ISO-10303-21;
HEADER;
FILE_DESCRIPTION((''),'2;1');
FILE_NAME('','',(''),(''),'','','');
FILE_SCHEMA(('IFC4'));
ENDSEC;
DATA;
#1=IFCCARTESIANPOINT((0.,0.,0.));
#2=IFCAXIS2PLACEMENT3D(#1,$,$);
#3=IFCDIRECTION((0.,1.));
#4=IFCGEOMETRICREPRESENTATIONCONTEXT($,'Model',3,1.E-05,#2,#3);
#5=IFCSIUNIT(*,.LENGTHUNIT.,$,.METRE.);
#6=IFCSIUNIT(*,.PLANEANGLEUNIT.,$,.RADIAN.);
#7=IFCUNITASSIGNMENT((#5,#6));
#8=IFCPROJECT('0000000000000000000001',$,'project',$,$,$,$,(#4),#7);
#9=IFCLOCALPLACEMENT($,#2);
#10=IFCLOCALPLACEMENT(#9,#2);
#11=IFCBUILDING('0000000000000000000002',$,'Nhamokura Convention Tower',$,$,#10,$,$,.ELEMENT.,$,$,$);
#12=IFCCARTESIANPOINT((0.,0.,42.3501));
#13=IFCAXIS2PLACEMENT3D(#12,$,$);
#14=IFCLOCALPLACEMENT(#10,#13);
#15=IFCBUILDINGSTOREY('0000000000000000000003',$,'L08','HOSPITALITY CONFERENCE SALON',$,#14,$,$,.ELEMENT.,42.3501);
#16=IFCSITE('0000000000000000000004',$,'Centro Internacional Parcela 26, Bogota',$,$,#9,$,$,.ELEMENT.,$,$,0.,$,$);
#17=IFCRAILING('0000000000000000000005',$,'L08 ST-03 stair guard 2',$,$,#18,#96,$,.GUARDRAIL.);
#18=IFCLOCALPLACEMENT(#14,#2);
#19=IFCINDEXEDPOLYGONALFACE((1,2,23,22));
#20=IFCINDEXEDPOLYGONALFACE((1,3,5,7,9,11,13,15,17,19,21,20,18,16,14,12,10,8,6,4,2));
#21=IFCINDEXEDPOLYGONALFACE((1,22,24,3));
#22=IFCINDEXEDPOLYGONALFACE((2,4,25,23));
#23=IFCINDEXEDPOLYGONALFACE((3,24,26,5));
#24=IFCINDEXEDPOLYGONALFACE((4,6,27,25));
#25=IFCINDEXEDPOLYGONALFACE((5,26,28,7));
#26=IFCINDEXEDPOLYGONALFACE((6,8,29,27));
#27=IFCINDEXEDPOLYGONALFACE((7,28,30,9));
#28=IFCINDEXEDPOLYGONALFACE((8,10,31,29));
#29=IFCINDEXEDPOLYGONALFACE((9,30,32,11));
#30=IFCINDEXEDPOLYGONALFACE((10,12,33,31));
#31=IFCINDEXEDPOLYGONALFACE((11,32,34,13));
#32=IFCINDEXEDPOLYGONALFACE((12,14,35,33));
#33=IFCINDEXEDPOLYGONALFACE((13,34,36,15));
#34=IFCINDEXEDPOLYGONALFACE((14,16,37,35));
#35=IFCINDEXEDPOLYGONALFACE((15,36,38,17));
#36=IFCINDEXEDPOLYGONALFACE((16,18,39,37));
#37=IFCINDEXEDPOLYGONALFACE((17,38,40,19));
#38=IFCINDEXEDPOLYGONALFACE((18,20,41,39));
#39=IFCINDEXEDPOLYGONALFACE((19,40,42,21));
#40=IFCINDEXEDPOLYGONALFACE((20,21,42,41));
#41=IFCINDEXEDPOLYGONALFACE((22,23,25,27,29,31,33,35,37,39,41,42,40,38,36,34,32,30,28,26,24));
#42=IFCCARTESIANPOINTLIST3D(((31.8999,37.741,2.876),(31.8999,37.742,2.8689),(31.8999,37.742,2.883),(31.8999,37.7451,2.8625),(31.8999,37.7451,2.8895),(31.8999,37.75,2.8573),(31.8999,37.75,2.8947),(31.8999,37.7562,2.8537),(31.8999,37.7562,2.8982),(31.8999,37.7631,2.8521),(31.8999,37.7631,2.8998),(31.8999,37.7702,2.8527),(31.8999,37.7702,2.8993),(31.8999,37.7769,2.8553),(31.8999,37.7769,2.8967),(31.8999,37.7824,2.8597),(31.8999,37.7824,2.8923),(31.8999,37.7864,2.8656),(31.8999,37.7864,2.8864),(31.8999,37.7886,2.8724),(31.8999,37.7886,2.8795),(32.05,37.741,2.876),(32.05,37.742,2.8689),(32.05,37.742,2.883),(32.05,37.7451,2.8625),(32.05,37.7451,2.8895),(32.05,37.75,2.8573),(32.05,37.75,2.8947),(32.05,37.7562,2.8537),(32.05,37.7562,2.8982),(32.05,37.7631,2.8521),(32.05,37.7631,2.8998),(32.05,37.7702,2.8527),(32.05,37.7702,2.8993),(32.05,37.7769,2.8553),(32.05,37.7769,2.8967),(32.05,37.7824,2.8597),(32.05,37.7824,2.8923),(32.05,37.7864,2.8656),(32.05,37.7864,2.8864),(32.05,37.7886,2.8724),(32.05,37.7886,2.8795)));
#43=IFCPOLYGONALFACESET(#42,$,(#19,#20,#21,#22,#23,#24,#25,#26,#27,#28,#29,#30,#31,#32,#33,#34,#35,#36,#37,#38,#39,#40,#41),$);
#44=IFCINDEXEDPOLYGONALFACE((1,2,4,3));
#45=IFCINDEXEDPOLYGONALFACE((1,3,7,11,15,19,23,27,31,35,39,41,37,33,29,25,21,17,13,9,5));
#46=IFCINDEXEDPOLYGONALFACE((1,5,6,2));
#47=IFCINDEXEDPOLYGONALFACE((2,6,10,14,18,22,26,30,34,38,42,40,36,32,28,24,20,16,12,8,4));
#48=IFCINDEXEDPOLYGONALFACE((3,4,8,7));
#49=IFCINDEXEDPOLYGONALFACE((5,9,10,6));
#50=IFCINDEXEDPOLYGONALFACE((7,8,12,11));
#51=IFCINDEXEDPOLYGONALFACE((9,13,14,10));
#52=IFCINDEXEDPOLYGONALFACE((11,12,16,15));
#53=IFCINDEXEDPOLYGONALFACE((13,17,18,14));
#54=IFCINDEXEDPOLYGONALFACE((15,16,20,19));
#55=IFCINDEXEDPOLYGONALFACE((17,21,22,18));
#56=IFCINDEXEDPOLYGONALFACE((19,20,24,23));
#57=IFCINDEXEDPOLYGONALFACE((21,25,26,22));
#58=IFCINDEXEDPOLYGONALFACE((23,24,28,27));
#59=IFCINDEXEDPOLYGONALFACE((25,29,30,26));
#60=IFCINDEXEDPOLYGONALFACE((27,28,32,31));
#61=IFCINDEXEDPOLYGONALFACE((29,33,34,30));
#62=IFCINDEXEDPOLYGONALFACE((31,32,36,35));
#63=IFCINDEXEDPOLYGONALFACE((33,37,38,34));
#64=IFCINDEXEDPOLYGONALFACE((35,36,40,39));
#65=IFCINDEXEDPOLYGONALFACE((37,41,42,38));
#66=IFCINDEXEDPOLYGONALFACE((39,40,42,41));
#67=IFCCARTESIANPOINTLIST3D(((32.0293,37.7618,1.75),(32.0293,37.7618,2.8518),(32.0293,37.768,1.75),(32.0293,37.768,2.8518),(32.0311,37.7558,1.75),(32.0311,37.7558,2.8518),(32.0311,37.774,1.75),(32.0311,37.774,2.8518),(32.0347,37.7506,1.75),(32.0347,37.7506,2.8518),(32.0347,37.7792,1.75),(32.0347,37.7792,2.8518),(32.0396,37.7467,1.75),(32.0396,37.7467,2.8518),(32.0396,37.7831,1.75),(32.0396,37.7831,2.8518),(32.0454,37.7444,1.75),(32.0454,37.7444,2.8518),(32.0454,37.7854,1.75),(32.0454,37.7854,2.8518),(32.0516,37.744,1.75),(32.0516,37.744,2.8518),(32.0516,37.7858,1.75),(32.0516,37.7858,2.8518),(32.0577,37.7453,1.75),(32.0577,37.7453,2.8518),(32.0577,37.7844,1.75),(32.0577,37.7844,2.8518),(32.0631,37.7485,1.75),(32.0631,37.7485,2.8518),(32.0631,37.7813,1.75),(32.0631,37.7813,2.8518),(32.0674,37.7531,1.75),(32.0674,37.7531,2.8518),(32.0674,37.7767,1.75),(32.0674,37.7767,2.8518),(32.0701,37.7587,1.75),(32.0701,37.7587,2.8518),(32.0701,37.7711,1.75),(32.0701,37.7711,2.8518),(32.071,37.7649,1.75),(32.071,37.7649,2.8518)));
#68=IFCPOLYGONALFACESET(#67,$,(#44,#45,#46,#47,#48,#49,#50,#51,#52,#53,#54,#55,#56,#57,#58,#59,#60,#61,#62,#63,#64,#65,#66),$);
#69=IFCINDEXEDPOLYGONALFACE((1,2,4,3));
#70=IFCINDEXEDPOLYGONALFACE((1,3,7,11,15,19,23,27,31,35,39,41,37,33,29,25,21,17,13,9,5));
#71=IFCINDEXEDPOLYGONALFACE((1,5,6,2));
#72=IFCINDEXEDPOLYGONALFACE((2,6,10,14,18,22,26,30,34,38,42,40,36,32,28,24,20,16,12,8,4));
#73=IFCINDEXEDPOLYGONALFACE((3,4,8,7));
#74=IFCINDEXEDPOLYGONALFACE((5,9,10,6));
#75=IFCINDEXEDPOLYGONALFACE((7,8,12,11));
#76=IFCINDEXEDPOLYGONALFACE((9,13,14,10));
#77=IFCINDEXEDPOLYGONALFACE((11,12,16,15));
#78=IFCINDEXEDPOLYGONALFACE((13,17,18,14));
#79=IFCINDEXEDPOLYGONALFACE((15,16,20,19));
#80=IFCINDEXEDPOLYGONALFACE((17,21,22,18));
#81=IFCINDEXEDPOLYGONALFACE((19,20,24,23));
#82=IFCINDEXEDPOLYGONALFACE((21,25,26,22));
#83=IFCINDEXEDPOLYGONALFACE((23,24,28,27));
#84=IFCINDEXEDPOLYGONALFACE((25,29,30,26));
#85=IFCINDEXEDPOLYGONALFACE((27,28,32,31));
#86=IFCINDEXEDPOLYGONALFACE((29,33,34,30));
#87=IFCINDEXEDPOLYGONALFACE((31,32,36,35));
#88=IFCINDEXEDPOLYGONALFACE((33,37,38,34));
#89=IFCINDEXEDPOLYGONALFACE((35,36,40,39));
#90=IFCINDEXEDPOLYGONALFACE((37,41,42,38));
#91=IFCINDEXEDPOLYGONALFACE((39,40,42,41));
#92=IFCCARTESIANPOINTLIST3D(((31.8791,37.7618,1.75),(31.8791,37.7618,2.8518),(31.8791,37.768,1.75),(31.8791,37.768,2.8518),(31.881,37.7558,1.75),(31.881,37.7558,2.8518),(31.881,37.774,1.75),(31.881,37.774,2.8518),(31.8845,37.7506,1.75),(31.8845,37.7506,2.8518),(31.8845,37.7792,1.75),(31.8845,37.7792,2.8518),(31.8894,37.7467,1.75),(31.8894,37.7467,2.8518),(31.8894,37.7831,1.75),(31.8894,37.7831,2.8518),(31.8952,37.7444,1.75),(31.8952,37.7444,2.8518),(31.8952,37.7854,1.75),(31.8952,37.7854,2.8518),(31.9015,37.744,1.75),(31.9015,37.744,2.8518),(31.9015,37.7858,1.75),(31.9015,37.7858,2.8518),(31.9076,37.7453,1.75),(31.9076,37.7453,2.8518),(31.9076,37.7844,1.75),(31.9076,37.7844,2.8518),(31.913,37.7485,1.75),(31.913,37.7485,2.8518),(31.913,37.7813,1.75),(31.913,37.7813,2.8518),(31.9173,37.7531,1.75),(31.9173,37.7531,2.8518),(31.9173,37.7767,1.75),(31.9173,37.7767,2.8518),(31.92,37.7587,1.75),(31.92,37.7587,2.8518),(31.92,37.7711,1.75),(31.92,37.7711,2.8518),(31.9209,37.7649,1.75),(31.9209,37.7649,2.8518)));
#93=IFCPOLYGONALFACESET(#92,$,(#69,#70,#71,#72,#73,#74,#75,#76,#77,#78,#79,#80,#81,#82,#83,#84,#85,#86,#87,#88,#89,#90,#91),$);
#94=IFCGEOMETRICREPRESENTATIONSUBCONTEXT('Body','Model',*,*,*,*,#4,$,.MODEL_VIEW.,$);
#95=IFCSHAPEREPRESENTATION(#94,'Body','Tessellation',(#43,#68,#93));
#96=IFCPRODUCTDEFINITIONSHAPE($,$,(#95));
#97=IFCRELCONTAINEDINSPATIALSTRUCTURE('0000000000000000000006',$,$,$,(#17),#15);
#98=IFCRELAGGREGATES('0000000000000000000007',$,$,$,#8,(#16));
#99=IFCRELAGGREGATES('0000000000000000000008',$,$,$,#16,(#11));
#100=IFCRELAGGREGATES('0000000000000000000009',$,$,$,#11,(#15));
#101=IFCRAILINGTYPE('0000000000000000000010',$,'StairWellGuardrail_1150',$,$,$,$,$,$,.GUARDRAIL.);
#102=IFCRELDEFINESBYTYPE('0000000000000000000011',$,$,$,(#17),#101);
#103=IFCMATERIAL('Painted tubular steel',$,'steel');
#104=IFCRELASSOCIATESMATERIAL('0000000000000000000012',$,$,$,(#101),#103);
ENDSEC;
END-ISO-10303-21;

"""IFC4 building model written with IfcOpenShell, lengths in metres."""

from ifc_helpers import new_model, si_unit, direction, frame, origin, origin_2d, place, context, subcontext, project, spatial, circle, extrude, material, type_object, element, save


model = new_model("IFC4")

# Units and contexts
model_context = context("Model", 3, precision=1e-05, world=origin(), true_north=direction((0.0, 1.0)))
body_context = subcontext(model_context, "Body", "Model", "MODEL_VIEW")
ifc_project = project(units=[si_unit("LENGTHUNIT", "METRE"), si_unit("PLANEANGLEUNIT", "RADIAN")], contexts=[model_context])

# Site, building, storey
site_placement = place(None, origin())
site = spatial("IfcSite", under=ifc_project, at=site_placement, Name="Centro Internacional Parcela 26, Bogota", CompositionType="ELEMENT", RefElevation=0.0)
building_placement = place(site_placement, origin())
building = spatial("IfcBuilding", under=site, at=building_placement, Name="Nhamokura Convention Tower", CompositionType="ELEMENT")
storey_placement = place(building_placement, frame((0.0, 0.0, 42.3501)))
storey = spatial("IfcBuildingStorey", under=building, at=storey_placement, Name="L08", Description="HOSPITALITY CONFERENCE SALON", CompositionType="ELEMENT", Elevation=42.3501)

# Railing
ifc_material_1 = material(Name="Painted tubular steel", Category="steel")
railing_type_1 = type_object("IfcRailingType", Name="StairWellGuardrail_1150", PredefinedType="GUARDRAIL", material=ifc_material_1)
railing_1_placement = place(storey_placement, frame((32.05, 37.7649, 1.75)))
element("IfcRailing", 1, at=railing_1_placement, inside=storey, type_object=railing_type_1, Name="L08 ST-03 stair guard 2", PredefinedType="GUARDRAIL", context=body_context, shape_type="SweptSolid", body=[
    extrude(circle(Radius=0.0239, at=origin_2d()), frame((0.0, 0.0, 1.126), z_axis=(-1.0, 0.0, 0.0), x_axis=(0.0, -1.0, 0.0)), (0.0, 0.0, 1.0), 0.1501),
    extrude(circle(Radius=0.021, at=origin_2d()), origin(), (0.0, 0.0, 1.0), 1.1018),
    extrude(circle(Radius=0.021, at=origin_2d()), frame((-0.1501, 0.0, 0.0)), (0.0, 0.0, 1.0), 1.1018),
])

save(model, "model.ifc")
